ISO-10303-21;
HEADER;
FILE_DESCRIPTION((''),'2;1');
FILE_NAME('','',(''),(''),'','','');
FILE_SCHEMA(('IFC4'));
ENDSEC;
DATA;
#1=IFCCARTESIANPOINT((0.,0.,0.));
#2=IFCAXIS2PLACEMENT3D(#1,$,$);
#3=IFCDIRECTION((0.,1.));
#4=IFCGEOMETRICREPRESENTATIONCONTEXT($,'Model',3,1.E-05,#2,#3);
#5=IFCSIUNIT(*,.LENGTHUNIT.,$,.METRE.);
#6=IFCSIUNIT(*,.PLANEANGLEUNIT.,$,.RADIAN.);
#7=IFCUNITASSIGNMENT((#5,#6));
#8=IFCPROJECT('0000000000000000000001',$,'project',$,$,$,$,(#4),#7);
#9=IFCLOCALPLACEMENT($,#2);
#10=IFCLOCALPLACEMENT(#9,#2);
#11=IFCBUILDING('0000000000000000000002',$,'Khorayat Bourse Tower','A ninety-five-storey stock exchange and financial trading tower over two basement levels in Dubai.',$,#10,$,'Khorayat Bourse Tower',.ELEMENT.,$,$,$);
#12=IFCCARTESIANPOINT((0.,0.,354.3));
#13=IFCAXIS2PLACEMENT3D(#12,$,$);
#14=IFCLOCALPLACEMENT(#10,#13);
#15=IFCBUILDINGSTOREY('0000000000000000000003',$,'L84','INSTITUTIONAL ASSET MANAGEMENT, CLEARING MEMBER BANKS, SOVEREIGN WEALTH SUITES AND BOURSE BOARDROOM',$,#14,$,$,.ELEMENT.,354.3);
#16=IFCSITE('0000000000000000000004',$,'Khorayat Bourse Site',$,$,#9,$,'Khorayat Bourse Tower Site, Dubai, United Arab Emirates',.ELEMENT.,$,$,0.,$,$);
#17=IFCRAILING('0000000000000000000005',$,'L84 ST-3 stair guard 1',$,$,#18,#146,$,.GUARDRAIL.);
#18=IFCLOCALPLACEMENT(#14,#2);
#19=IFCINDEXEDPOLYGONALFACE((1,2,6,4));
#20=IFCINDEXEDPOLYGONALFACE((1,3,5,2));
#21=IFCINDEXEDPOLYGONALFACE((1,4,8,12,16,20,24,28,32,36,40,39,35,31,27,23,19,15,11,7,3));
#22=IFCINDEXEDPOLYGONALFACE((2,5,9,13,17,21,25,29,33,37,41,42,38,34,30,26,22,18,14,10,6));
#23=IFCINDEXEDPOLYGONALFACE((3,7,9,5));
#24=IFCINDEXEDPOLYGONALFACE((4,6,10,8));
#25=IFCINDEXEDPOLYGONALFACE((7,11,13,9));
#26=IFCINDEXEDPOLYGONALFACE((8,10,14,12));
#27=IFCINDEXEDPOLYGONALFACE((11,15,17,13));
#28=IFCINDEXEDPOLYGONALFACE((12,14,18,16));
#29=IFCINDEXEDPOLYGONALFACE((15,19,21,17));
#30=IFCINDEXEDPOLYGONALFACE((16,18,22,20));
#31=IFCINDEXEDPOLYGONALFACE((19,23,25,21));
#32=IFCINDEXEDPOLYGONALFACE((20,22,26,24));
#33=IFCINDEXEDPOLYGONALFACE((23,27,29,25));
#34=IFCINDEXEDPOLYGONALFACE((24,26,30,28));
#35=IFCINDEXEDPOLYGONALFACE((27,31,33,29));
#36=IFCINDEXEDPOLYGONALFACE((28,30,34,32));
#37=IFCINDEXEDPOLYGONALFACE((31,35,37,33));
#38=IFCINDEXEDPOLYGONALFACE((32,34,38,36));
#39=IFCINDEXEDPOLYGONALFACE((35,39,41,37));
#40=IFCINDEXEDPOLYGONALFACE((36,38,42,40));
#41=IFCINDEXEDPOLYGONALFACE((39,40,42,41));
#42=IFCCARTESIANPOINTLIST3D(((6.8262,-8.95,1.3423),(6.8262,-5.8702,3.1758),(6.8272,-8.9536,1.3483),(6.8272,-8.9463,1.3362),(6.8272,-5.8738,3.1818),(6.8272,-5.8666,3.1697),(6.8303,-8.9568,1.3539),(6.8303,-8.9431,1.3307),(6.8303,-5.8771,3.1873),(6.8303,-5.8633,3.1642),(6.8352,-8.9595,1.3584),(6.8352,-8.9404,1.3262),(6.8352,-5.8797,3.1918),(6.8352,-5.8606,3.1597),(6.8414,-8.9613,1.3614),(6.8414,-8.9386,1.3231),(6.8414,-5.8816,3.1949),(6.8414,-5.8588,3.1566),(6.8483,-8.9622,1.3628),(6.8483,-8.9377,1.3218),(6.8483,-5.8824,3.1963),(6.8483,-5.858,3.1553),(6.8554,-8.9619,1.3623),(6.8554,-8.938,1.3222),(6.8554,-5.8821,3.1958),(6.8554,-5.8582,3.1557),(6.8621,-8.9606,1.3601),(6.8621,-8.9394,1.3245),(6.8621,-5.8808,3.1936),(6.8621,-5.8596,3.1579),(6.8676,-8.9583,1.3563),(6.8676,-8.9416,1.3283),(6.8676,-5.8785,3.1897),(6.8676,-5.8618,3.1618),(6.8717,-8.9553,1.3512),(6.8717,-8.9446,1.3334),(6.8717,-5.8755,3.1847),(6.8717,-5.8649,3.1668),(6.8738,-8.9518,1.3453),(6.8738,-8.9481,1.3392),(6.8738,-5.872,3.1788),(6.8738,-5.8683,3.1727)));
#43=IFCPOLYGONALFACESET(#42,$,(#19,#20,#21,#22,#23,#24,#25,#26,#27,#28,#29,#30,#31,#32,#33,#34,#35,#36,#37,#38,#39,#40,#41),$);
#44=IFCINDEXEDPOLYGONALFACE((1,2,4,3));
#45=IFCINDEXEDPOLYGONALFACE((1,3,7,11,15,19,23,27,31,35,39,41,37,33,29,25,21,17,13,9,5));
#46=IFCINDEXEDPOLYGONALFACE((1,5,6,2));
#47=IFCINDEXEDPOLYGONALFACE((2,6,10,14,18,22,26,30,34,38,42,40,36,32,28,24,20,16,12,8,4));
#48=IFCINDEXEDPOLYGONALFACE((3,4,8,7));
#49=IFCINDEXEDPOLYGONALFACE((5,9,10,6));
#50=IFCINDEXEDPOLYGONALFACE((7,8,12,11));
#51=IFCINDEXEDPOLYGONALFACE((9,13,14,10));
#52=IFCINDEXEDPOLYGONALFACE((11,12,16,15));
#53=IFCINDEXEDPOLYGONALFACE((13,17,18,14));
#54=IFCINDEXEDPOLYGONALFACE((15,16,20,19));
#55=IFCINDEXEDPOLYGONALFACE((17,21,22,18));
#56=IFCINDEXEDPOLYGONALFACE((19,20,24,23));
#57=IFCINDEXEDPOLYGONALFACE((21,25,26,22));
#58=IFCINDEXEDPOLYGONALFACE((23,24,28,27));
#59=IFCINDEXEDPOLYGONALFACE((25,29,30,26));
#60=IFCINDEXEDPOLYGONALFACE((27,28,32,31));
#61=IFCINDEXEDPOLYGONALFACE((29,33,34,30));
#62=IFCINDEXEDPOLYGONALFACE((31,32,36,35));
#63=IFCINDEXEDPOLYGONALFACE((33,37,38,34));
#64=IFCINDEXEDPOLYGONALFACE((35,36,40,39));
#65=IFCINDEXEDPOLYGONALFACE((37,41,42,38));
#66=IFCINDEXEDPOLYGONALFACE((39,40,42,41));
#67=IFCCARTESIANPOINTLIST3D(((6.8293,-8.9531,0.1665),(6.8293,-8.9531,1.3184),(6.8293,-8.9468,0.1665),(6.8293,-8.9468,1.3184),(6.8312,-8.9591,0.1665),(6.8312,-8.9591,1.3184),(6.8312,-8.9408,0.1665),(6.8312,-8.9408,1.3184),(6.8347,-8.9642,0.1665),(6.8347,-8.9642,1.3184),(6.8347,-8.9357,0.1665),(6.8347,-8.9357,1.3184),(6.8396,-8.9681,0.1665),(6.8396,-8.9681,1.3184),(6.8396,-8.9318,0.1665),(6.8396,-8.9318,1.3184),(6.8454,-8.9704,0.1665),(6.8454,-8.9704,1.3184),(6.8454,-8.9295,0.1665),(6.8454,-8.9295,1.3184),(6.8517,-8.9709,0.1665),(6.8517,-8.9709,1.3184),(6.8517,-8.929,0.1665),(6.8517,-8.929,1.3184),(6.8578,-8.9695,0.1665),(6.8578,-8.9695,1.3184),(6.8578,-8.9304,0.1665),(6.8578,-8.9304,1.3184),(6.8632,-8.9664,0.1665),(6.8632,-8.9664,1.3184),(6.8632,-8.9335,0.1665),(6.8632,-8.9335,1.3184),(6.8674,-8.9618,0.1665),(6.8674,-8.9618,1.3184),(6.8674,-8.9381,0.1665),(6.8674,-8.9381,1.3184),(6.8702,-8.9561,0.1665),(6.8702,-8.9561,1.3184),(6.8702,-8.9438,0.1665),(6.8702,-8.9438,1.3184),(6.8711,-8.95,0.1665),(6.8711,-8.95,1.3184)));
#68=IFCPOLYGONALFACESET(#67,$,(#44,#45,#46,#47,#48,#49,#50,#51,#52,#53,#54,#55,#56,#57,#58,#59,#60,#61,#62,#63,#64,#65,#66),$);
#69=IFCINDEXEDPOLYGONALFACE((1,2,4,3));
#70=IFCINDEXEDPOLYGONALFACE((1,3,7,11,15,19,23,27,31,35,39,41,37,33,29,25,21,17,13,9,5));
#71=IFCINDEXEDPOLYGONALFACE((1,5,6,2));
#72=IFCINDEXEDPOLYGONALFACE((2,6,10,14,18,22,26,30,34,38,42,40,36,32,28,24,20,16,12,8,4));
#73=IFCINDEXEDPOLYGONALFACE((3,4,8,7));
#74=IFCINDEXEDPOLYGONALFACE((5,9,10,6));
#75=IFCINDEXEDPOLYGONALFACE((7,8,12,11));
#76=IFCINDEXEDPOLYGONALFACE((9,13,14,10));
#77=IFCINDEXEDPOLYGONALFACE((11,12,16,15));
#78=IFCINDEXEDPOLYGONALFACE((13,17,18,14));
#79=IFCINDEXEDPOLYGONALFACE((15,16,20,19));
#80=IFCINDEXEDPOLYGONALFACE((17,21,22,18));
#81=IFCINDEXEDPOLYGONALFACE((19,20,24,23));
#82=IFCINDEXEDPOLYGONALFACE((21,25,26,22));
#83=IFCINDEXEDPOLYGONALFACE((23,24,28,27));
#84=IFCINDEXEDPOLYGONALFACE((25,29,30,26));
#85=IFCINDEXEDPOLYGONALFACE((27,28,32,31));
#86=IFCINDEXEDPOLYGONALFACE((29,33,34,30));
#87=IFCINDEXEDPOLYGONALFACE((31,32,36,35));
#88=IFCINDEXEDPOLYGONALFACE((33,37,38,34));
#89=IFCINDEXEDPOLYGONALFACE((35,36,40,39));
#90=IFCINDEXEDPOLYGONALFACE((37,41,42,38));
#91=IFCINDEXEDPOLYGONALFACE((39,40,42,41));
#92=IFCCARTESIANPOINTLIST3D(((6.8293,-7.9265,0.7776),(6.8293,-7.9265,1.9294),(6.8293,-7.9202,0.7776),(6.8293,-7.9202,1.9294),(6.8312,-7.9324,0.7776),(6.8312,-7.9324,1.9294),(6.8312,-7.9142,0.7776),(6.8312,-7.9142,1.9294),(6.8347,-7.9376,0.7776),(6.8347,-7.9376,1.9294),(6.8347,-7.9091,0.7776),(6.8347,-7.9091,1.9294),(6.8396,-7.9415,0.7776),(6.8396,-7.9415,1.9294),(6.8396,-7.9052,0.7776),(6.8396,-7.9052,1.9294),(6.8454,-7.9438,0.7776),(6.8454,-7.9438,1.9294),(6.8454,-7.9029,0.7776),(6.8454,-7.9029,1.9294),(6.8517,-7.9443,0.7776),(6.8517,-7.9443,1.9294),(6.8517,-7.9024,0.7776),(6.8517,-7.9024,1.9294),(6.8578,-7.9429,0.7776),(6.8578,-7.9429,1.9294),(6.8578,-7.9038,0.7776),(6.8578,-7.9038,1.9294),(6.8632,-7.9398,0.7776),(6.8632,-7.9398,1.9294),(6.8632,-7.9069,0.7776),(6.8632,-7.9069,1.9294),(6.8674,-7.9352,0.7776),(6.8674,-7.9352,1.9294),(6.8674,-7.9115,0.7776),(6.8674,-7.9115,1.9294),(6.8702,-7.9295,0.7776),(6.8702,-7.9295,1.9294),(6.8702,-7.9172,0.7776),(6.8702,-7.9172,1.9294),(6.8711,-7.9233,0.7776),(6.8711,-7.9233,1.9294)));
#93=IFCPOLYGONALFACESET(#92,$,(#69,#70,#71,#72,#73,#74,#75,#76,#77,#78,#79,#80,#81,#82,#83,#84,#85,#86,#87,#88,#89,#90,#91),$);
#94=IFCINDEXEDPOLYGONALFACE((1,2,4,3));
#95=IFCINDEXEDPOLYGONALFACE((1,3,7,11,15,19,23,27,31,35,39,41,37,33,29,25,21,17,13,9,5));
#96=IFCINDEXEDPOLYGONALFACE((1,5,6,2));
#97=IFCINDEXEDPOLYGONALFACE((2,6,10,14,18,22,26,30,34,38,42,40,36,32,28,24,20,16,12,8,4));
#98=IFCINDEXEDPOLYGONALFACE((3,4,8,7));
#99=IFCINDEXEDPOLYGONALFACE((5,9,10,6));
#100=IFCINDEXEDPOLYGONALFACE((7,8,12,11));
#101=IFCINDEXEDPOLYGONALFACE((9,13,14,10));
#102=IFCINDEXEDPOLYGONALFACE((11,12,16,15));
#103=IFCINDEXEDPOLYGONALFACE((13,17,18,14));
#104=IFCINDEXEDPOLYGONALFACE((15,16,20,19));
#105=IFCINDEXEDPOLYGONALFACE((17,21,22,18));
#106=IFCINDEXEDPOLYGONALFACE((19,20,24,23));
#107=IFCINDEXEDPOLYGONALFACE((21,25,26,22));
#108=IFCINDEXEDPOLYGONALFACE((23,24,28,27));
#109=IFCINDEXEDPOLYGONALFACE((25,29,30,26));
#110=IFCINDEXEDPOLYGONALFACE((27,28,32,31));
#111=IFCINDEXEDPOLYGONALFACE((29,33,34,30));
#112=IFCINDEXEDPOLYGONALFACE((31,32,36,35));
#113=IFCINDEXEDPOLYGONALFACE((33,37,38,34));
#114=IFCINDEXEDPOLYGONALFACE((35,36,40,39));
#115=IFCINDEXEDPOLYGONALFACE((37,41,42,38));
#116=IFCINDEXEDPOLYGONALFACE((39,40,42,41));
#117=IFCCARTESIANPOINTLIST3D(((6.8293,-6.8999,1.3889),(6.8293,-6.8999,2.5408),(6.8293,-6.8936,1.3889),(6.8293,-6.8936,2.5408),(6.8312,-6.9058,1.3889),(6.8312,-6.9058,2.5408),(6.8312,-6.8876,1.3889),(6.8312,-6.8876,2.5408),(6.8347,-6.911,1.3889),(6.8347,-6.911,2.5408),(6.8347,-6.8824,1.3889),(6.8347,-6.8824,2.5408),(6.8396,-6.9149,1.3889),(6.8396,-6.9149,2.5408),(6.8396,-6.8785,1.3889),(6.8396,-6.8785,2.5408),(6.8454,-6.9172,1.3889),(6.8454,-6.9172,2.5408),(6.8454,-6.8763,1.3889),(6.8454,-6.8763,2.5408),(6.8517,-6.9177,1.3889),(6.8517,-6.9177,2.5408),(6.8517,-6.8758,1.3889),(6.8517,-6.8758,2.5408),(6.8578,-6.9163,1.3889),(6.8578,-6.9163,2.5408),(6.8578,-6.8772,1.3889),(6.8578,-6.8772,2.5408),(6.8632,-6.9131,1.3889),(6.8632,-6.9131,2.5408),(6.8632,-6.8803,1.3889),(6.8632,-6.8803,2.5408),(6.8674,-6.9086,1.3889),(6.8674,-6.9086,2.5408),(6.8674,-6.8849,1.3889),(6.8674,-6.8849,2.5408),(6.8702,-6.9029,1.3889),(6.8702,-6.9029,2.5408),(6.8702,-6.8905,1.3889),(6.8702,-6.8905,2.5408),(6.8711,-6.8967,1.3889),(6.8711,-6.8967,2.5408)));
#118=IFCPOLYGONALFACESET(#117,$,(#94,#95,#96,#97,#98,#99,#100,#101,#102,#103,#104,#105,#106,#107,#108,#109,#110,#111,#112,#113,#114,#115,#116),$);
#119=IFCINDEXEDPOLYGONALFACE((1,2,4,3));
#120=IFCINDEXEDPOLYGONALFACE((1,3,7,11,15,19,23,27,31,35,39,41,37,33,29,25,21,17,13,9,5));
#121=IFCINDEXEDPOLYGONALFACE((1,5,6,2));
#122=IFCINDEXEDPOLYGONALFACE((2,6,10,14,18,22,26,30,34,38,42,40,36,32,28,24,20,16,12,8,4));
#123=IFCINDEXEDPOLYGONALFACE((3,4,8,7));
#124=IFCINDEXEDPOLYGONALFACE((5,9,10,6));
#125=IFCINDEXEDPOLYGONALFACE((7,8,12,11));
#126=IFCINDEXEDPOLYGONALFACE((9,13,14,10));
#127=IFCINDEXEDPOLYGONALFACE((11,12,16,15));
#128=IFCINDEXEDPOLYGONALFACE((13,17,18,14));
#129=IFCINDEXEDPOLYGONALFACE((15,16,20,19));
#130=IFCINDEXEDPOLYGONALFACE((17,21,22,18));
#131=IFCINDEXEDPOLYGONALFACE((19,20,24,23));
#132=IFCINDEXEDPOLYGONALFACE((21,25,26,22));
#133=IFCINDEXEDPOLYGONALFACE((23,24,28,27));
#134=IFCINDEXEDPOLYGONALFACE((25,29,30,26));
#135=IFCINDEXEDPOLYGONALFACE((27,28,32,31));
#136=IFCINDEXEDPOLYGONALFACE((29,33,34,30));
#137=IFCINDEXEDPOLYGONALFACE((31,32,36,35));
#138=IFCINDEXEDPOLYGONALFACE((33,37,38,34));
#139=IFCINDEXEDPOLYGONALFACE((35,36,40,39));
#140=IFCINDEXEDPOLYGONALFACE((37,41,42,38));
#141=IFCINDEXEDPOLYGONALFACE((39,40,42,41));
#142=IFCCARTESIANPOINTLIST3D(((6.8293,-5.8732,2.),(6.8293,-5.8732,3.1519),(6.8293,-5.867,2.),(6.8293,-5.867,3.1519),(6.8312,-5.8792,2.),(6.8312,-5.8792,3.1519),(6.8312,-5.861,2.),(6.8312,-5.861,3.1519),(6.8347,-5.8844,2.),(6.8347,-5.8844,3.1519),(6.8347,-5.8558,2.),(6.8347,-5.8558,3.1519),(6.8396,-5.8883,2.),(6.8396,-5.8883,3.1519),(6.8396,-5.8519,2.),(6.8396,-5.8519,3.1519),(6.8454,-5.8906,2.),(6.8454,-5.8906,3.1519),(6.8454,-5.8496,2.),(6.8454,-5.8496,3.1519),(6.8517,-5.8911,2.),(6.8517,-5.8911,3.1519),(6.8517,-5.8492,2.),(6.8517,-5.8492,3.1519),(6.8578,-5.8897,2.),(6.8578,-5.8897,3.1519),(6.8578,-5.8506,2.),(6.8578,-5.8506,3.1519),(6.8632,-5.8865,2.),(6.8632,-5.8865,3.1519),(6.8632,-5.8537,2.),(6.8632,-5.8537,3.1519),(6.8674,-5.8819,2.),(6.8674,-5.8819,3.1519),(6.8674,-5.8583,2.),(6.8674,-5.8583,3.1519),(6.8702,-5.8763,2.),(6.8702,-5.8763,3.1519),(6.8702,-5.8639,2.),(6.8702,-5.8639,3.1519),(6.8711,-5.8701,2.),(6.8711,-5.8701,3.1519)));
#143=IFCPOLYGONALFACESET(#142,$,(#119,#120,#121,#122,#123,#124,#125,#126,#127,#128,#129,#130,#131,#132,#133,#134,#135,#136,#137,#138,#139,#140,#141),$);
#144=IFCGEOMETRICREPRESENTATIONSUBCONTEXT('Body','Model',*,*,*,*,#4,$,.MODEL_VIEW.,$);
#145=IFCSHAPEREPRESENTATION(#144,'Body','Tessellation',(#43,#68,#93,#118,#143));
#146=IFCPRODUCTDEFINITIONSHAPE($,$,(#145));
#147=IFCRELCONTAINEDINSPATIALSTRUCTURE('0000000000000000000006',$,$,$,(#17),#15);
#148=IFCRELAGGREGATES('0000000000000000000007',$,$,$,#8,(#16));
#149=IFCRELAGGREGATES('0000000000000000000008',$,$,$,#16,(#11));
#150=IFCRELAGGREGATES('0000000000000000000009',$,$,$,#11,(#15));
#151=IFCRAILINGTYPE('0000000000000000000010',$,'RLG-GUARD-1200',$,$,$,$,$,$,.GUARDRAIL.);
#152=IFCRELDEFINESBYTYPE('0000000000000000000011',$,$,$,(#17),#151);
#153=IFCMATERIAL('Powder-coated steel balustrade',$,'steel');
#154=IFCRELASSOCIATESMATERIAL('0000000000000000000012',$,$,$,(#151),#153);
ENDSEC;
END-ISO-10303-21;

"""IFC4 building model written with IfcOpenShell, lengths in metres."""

from ifc_helpers import new_model, si_unit, direction, frame, origin, origin_2d, place, context, subcontext, project, spatial, circle, extrude, source, transform, mapped, material, type_object, element, save


model = new_model("IFC4")

# Units and contexts
model_context = context("Model", 3, precision=1e-05, world=origin(), true_north=direction((0.0, 1.0)))
body_context = subcontext(model_context, "Body", "Model", "MODEL_VIEW")
ifc_project = project(units=[si_unit("LENGTHUNIT", "METRE"), si_unit("PLANEANGLEUNIT", "RADIAN")], contexts=[model_context])

# Site, building, storey
site_placement = place(None, origin())
site = spatial("IfcSite", under=ifc_project, at=site_placement, Name="Khorayat Bourse Site", LongName="Khorayat Bourse Tower Site, Dubai, United Arab Emirates", CompositionType="ELEMENT", RefElevation=0.0)
building_placement = place(site_placement, origin())
building = spatial("IfcBuilding", under=site, at=building_placement, Name="Khorayat Bourse Tower", Description="A ninety-five-storey stock exchange and financial trading tower over two basement levels in Dubai.", LongName="Khorayat Bourse Tower", CompositionType="ELEMENT")
storey_placement = place(building_placement, frame((0.0, 0.0, 354.3)))
storey = spatial("IfcBuildingStorey", under=building, at=storey_placement, Name="L84", Description="INSTITUTIONAL ASSET MANAGEMENT, CLEARING MEMBER BANKS, SOVEREIGN WEALTH SUITES AND BOURSE BOARDROOM", CompositionType="ELEMENT", Elevation=354.3)

# Railing
ifc_material_1 = material(Name="Powder-coated steel balustrade", Category="steel")
railing_type_1 = type_object("IfcRailingType", Name="RLG-GUARD-1200", PredefinedType="GUARDRAIL", material=ifc_material_1)
shared_shape_1 = source(origin(), body_context, "Body", "SweptSolid", [
    extrude(circle(Radius=0.0239, at=origin_2d()), frame((0.0, 0.0, 1.1758), z_axis=(0.0, 0.859261, 0.511538), x_axis=(-1.0, 0.0, 0.0)), (0.0, 0.0, 1.0), 3.5842),
    extrude(circle(Radius=0.021, at=origin_2d()), origin(), (0.0, 0.0, 1.0), 1.1519),
    extrude(circle(Radius=0.021, at=origin_2d()), frame((0.0, 1.0266, 0.6111)), (0.0, 0.0, 1.0), 1.1519),
    extrude(circle(Radius=0.021, at=origin_2d()), frame((0.0, 2.0532, 1.2224)), (0.0, 0.0, 1.0), 1.1519),
    extrude(circle(Radius=0.021, at=origin_2d()), frame((0.0, 3.0798, 1.8335)), (0.0, 0.0, 1.0), 1.1519),
])
railing_1_placement = place(storey_placement, frame((6.8501, -8.95, 0.1665)))
element("IfcRailing", 1, at=railing_1_placement, inside=storey, type_object=railing_type_1, Name="L84 ST-3 stair guard 1", PredefinedType="GUARDRAIL", context=body_context, shape_type="MappedRepresentation", body=[
    mapped(shared_shape_1, transform((0.0, 0.0, 0.0), scale=1.0)),
])

save(model, "model.ifc")
